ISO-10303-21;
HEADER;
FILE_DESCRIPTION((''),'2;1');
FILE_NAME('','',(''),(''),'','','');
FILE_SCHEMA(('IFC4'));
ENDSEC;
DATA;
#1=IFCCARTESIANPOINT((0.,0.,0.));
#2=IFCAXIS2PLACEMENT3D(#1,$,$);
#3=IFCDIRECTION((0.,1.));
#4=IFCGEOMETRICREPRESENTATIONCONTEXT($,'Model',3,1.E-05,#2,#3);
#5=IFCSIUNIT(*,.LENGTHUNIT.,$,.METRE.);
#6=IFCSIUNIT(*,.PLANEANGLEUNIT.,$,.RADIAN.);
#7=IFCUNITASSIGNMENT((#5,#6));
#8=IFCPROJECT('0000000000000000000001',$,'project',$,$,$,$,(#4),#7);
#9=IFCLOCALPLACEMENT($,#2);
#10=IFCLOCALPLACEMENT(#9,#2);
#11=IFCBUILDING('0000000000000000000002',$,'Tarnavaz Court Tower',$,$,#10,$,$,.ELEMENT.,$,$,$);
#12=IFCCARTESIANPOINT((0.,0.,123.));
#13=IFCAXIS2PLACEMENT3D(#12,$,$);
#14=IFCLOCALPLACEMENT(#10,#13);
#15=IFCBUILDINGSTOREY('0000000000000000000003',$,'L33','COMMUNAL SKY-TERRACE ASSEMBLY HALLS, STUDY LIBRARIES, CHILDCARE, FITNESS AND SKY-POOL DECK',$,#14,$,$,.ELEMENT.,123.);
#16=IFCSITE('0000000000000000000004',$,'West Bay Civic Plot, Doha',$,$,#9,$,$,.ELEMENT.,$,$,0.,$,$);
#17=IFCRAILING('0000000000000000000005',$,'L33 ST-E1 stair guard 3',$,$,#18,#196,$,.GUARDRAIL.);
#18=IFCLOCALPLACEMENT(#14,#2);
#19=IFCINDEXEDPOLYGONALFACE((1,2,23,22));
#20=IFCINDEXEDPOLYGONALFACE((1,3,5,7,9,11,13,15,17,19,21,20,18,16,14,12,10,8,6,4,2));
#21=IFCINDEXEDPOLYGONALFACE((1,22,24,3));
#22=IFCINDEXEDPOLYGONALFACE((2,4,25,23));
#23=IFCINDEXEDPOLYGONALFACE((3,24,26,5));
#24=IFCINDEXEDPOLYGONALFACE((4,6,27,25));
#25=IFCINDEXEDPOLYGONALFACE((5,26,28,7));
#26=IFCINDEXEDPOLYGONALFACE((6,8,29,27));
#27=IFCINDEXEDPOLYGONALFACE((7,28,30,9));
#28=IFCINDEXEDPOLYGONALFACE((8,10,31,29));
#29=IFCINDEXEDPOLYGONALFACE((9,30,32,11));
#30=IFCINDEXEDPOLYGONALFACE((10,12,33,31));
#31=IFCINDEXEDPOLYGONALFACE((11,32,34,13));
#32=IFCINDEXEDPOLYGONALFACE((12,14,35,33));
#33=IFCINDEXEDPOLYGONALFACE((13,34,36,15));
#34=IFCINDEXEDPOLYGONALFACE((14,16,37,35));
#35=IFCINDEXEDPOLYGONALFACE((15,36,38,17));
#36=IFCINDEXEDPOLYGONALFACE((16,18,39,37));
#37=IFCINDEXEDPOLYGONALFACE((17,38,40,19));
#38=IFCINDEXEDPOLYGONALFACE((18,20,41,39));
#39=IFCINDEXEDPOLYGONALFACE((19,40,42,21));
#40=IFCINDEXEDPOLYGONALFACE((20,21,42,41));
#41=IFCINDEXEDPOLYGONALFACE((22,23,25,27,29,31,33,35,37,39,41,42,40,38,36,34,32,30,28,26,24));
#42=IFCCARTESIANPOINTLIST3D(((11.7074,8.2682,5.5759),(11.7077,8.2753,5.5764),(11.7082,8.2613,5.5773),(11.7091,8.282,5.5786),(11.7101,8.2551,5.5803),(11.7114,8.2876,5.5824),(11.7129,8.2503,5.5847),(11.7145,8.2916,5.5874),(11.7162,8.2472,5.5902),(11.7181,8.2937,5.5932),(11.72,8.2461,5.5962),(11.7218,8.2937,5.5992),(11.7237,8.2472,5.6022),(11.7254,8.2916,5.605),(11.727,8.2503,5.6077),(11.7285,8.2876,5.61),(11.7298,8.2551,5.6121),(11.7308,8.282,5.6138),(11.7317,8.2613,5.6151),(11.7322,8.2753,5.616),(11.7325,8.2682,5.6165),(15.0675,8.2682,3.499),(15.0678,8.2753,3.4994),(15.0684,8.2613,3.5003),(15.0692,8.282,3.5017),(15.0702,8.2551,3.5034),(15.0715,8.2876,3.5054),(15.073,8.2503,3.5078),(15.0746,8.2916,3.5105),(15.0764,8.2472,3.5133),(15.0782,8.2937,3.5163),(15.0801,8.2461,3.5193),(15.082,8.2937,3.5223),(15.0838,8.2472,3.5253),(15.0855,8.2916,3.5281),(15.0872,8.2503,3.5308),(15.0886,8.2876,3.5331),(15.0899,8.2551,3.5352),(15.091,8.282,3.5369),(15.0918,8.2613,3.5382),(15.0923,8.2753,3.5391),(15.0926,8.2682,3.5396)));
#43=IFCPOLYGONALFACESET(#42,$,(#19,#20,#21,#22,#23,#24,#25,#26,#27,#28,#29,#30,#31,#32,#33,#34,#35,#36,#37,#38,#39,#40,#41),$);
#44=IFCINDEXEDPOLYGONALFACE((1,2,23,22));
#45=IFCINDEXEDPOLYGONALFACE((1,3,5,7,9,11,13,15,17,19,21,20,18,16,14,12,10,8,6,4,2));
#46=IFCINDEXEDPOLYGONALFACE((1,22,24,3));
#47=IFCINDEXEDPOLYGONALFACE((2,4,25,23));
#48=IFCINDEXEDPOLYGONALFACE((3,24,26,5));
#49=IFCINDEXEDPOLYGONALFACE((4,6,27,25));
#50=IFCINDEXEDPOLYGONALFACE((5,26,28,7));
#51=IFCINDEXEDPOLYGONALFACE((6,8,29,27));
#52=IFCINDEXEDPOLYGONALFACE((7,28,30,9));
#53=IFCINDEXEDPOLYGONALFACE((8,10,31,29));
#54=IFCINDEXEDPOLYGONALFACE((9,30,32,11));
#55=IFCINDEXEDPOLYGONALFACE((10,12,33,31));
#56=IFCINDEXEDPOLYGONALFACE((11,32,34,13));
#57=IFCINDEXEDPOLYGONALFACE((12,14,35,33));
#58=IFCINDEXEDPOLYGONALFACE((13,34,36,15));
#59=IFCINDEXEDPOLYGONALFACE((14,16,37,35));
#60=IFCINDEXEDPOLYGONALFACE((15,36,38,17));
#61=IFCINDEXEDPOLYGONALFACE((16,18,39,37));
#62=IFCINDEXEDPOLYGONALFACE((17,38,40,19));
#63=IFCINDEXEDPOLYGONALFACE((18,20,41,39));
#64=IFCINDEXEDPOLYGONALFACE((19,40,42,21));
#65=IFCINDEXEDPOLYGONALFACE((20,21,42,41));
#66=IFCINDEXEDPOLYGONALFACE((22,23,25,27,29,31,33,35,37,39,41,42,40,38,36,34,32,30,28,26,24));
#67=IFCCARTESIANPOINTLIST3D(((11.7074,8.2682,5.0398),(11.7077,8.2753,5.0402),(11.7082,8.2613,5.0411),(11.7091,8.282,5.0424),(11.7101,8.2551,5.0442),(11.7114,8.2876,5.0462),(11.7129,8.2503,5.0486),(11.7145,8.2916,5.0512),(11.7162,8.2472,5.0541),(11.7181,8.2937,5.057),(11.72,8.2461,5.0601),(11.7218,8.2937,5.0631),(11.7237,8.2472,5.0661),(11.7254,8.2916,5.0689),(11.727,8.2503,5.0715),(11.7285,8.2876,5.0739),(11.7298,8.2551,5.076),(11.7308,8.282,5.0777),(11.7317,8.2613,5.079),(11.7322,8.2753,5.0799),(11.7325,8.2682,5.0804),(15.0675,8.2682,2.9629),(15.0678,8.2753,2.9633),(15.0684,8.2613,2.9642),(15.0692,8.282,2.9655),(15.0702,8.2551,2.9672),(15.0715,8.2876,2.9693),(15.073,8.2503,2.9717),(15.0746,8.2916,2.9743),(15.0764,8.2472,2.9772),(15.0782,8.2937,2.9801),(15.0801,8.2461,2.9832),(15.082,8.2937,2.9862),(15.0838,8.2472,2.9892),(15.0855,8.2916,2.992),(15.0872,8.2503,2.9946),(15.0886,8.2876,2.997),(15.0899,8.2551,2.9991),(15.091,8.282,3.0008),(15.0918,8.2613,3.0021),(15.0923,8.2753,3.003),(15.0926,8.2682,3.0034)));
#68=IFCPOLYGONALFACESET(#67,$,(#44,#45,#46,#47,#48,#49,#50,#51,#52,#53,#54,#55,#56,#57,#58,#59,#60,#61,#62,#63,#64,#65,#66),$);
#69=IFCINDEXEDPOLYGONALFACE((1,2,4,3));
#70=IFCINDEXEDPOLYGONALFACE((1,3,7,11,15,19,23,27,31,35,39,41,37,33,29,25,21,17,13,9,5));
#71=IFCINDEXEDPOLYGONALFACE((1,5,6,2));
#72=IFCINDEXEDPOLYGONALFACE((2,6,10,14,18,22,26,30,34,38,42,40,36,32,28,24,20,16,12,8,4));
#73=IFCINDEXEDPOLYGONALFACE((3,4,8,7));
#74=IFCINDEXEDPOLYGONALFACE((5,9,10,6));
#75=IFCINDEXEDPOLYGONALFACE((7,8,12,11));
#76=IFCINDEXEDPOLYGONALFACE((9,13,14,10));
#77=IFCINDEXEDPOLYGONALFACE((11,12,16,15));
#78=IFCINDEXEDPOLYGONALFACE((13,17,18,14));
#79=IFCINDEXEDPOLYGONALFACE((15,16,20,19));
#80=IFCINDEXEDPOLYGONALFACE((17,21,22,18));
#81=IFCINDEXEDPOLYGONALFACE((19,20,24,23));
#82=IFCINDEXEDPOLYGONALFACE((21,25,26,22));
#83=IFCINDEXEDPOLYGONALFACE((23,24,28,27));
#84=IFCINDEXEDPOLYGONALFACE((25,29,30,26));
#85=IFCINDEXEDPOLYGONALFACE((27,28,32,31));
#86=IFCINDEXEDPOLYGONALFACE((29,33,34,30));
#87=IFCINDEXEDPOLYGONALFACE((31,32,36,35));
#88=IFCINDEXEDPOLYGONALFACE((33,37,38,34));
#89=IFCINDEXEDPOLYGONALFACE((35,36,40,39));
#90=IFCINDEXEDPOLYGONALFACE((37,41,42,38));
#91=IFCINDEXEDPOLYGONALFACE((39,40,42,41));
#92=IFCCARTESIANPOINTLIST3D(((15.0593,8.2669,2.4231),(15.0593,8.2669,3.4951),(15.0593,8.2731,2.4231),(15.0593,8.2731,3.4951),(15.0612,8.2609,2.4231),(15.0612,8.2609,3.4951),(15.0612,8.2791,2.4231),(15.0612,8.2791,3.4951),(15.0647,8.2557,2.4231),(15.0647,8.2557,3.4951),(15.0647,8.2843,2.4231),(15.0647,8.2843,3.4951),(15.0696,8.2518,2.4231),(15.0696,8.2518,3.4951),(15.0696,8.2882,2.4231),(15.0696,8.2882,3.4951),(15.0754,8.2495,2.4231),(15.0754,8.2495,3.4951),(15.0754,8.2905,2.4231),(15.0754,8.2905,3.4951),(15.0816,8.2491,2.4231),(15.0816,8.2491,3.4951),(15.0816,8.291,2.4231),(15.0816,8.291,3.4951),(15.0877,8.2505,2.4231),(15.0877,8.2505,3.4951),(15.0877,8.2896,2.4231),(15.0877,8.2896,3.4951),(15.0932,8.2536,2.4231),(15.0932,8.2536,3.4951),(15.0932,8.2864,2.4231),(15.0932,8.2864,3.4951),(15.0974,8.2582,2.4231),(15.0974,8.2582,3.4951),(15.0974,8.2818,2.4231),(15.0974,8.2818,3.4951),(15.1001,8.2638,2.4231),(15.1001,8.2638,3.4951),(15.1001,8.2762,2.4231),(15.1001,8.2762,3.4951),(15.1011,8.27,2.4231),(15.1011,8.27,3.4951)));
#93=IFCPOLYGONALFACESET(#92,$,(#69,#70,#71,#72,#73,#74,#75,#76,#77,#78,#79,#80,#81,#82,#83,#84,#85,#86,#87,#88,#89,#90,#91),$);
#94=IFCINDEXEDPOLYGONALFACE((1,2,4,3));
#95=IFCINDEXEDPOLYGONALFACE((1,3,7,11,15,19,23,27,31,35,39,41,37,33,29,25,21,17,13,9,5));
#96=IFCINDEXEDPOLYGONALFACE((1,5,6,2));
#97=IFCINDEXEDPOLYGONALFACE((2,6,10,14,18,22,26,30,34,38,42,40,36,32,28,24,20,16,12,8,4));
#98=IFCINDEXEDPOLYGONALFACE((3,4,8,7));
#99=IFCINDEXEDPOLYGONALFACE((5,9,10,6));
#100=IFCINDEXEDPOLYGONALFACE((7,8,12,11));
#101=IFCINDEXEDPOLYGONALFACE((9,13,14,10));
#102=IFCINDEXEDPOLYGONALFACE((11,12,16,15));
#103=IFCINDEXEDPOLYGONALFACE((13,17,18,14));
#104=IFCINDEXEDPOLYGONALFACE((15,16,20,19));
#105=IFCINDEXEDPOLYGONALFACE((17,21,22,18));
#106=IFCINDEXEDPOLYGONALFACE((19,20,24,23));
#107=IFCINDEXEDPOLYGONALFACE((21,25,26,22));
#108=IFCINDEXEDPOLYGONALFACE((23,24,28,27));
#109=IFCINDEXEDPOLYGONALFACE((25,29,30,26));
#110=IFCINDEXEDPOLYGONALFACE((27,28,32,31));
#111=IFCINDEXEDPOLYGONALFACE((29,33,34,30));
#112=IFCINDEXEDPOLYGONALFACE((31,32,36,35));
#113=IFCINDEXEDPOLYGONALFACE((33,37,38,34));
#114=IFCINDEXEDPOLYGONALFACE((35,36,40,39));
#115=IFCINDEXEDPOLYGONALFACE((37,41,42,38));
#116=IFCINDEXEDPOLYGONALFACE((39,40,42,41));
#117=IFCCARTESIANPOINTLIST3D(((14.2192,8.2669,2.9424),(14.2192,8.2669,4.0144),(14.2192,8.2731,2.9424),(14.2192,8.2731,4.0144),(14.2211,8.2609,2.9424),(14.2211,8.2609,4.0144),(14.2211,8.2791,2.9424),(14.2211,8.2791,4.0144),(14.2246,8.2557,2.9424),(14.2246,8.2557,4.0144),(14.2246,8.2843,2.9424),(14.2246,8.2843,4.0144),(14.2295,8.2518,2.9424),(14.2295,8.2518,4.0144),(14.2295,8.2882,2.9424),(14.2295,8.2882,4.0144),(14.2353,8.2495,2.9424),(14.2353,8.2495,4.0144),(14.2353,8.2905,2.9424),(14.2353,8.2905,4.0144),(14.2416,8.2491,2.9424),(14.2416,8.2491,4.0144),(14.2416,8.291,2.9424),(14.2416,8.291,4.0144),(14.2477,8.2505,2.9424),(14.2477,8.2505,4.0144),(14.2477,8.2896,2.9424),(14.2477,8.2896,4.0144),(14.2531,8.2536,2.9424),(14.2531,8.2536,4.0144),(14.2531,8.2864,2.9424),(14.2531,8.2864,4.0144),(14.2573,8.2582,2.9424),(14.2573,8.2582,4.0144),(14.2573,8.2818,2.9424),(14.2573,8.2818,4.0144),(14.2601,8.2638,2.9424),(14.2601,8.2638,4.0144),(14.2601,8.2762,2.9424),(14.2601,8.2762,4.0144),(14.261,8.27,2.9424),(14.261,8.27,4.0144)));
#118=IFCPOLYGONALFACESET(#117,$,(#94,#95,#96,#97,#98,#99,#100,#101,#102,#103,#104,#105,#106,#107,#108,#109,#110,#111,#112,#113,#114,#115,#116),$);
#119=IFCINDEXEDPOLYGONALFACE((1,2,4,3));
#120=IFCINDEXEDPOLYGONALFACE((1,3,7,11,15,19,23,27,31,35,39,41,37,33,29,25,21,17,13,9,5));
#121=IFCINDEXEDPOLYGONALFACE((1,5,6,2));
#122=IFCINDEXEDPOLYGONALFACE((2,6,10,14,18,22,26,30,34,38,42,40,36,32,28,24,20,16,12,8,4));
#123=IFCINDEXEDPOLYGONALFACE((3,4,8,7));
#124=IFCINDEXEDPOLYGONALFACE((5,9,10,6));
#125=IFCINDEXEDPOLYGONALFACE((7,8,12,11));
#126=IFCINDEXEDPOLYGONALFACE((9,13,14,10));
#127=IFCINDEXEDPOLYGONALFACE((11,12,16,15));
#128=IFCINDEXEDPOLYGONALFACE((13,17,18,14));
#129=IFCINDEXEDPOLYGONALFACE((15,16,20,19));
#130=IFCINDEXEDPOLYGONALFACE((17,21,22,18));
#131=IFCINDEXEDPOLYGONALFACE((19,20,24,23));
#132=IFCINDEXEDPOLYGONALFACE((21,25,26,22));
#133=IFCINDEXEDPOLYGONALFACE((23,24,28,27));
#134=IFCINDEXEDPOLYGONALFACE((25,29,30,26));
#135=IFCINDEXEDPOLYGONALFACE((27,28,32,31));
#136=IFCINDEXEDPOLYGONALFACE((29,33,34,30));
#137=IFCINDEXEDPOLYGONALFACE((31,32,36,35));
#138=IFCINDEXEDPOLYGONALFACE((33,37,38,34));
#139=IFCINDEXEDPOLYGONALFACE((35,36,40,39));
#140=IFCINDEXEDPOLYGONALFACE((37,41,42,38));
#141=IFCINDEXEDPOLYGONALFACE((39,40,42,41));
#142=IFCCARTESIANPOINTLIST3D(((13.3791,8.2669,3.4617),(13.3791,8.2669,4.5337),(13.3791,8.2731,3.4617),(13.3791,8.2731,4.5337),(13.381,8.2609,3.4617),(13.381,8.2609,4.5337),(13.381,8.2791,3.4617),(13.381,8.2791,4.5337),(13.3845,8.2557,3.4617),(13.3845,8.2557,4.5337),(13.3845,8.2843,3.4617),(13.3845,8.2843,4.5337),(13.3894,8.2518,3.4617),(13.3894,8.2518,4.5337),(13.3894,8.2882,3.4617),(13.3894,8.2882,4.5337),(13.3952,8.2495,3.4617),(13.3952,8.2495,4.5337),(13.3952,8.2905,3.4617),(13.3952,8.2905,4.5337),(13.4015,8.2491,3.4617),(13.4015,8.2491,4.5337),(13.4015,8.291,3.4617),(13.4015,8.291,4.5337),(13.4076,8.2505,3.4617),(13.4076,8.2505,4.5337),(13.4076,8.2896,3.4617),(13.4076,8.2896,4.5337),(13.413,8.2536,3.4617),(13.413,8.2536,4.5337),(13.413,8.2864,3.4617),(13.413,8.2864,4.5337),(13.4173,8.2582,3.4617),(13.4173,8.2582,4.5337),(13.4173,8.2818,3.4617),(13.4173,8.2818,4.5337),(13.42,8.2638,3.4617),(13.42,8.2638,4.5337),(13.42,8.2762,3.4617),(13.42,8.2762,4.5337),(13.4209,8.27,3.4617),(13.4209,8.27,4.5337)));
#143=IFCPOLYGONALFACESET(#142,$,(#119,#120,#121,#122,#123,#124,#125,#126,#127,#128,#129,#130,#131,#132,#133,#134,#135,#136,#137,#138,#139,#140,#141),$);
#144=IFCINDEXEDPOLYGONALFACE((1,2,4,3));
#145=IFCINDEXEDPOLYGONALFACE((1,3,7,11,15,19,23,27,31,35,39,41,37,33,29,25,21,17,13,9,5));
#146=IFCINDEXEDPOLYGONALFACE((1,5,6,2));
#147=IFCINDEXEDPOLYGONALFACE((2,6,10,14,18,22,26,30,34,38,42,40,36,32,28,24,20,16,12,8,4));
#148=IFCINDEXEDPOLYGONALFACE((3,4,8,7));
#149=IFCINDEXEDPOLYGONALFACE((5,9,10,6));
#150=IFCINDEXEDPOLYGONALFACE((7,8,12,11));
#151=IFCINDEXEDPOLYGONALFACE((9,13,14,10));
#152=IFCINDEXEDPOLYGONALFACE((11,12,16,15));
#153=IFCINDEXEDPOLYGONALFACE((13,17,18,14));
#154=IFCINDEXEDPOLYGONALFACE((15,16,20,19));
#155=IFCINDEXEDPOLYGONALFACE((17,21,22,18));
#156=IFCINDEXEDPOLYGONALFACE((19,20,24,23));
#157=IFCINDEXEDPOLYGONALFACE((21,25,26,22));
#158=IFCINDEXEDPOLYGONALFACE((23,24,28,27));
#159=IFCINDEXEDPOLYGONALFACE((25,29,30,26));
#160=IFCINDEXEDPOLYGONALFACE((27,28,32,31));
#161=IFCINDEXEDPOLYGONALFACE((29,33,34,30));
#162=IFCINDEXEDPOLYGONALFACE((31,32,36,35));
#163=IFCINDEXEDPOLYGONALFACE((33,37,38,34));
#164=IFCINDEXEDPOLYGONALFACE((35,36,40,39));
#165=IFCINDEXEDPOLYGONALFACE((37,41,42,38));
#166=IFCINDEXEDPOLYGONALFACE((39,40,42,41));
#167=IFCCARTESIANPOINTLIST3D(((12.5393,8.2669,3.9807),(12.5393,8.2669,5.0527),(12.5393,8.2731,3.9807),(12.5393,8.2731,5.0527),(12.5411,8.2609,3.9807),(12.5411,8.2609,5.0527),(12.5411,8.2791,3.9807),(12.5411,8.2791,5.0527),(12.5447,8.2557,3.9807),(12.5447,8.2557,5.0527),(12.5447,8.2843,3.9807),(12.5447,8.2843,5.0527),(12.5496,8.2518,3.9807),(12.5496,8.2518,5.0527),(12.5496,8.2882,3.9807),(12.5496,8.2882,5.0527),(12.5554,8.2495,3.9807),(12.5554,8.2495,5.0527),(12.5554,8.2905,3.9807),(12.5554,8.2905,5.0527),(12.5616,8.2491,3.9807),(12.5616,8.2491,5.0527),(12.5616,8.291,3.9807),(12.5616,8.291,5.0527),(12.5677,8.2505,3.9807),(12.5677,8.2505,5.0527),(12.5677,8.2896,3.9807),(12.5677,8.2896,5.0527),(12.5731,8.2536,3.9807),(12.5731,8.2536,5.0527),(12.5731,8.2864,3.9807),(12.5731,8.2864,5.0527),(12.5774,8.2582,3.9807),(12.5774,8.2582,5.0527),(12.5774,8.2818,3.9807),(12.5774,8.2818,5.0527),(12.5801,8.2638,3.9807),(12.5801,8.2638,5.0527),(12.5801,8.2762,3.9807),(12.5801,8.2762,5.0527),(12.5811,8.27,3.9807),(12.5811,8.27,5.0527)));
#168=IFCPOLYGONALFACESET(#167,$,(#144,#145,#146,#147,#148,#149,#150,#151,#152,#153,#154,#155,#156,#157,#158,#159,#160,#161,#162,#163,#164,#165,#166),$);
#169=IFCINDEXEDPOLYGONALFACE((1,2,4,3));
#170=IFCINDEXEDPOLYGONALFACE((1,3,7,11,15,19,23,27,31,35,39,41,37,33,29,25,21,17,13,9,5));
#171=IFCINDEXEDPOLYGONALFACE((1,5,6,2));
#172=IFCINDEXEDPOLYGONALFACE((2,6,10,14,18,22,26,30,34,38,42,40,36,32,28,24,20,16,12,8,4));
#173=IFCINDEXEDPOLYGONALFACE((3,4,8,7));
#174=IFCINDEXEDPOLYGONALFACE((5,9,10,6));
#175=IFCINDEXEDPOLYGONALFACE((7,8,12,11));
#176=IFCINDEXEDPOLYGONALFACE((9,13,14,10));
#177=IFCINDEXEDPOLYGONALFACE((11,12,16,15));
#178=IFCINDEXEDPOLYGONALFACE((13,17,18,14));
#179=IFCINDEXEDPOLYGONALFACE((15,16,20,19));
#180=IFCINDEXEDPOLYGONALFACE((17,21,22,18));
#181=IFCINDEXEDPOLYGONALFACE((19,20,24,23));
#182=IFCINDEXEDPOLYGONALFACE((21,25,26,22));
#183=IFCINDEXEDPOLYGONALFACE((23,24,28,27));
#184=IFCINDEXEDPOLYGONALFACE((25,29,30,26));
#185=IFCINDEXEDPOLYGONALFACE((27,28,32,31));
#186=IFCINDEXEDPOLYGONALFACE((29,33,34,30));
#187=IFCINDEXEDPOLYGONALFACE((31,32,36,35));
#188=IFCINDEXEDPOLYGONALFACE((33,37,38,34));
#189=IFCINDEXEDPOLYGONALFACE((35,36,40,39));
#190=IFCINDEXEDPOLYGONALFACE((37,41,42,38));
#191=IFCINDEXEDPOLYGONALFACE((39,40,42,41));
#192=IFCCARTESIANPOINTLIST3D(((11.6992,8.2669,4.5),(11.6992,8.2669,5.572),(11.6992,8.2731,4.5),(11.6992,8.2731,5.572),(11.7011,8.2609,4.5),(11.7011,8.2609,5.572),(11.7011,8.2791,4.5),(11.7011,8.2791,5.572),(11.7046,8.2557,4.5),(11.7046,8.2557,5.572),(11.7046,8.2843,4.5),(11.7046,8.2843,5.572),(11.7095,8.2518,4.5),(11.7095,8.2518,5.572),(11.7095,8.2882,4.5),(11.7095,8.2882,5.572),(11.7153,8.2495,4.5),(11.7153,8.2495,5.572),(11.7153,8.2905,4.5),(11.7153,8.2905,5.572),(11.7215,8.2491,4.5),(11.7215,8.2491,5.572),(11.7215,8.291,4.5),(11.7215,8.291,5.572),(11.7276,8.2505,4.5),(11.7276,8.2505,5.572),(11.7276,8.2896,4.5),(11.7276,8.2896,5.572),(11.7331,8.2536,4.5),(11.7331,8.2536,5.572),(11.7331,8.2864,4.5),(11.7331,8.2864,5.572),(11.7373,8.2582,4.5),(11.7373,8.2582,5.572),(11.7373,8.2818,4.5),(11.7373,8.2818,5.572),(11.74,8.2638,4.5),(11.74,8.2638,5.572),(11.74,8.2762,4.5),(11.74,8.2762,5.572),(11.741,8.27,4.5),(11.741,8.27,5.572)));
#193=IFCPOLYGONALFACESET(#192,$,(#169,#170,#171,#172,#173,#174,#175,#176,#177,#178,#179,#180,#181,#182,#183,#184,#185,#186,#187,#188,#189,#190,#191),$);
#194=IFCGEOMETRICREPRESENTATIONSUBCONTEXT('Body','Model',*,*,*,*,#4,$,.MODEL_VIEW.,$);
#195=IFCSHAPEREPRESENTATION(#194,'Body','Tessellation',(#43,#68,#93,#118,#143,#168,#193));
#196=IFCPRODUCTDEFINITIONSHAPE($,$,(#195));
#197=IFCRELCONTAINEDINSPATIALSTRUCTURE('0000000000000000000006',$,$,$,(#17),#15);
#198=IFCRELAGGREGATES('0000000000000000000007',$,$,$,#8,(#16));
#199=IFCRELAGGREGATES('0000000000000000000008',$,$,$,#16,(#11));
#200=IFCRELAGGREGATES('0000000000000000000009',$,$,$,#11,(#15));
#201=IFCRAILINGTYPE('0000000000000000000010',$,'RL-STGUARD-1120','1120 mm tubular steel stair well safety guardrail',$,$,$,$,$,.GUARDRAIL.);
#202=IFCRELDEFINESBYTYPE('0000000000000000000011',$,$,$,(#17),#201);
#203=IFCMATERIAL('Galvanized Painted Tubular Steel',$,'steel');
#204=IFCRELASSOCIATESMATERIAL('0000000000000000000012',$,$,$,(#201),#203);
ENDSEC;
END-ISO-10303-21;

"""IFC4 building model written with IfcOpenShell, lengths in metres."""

from ifc_helpers import new_model, si_unit, direction, frame, origin, origin_2d, place, context, subcontext, project, spatial, circle, extrude, material, type_object, element, save


model = new_model("IFC4")

# Units and contexts
model_context = context("Model", 3, precision=1e-05, world=origin(), true_north=direction((0.0, 1.0)))
body_context = subcontext(model_context, "Body", "Model", "MODEL_VIEW")
ifc_project = project(units=[si_unit("LENGTHUNIT", "METRE"), si_unit("PLANEANGLEUNIT", "RADIAN")], contexts=[model_context])

# Site, building, storey
site_placement = place(None, origin())
site = spatial("IfcSite", under=ifc_project, at=site_placement, Name="West Bay Civic Plot, Doha", CompositionType="ELEMENT", RefElevation=0.0)
building_placement = place(site_placement, origin())
building = spatial("IfcBuilding", under=site, at=building_placement, Name="Tarnavaz Court Tower", CompositionType="ELEMENT")
storey_placement = place(building_placement, frame((0.0, 0.0, 123.0)))
storey = spatial("IfcBuildingStorey", under=building, at=storey_placement, Name="L33", Description="COMMUNAL SKY-TERRACE ASSEMBLY HALLS, STUDY LIBRARIES, CHILDCARE, FITNESS AND SKY-POOL DECK", CompositionType="ELEMENT", Elevation=123.0)

# Railing
ifc_material_1 = material(Name="Galvanized Painted Tubular Steel", Category="steel")
railing_type_1 = type_object("IfcRailingType", Name="RL-STGUARD-1120", Description="1120 mm tubular steel stair well safety guardrail", PredefinedType="GUARDRAIL", material=ifc_material_1)
railing_1_placement = place(storey_placement, frame((15.0801, 8.27, 2.4231)))
element("IfcRailing", 1, at=railing_1_placement, inside=storey, type_object=railing_type_1, Name="L33 ST-E1 stair guard 3", PredefinedType="GUARDRAIL", context=body_context, shape_type="SweptSolid", body=[
    extrude(circle(Radius=0.0239, at=origin_2d()), frame((0.0, 0.0, 1.0962), z_axis=(-0.850623, 0.0, 0.525776), x_axis=(0.0, -1.0, 0.0)), (0.0, 0.0, 1.0), 3.9502),
    extrude(circle(Radius=0.0239, at=origin_2d()), frame((0.0, 0.0, 0.5601), z_axis=(-0.850623, 0.0, 0.525776), x_axis=(0.0, -1.0, 0.0)), (0.0, 0.0, 1.0), 3.9502),
    extrude(circle(Radius=0.021, at=origin_2d()), origin(), (0.0, 0.0, 1.0), 1.072),
    extrude(circle(Radius=0.021, at=origin_2d()), frame((-0.8401, 0.0, 0.5193)), (0.0, 0.0, 1.0), 1.072),
    extrude(circle(Radius=0.021, at=origin_2d()), frame((-1.6802, 0.0, 1.0386)), (0.0, 0.0, 1.0), 1.072),
    extrude(circle(Radius=0.021, at=origin_2d()), frame((-2.52, 0.0, 1.5576)), (0.0, 0.0, 1.0), 1.072),
    extrude(circle(Radius=0.021, at=origin_2d()), frame((-3.3601, 0.0, 2.0769)), (0.0, 0.0, 1.0), 1.072),
])

save(model, "model.ifc")
